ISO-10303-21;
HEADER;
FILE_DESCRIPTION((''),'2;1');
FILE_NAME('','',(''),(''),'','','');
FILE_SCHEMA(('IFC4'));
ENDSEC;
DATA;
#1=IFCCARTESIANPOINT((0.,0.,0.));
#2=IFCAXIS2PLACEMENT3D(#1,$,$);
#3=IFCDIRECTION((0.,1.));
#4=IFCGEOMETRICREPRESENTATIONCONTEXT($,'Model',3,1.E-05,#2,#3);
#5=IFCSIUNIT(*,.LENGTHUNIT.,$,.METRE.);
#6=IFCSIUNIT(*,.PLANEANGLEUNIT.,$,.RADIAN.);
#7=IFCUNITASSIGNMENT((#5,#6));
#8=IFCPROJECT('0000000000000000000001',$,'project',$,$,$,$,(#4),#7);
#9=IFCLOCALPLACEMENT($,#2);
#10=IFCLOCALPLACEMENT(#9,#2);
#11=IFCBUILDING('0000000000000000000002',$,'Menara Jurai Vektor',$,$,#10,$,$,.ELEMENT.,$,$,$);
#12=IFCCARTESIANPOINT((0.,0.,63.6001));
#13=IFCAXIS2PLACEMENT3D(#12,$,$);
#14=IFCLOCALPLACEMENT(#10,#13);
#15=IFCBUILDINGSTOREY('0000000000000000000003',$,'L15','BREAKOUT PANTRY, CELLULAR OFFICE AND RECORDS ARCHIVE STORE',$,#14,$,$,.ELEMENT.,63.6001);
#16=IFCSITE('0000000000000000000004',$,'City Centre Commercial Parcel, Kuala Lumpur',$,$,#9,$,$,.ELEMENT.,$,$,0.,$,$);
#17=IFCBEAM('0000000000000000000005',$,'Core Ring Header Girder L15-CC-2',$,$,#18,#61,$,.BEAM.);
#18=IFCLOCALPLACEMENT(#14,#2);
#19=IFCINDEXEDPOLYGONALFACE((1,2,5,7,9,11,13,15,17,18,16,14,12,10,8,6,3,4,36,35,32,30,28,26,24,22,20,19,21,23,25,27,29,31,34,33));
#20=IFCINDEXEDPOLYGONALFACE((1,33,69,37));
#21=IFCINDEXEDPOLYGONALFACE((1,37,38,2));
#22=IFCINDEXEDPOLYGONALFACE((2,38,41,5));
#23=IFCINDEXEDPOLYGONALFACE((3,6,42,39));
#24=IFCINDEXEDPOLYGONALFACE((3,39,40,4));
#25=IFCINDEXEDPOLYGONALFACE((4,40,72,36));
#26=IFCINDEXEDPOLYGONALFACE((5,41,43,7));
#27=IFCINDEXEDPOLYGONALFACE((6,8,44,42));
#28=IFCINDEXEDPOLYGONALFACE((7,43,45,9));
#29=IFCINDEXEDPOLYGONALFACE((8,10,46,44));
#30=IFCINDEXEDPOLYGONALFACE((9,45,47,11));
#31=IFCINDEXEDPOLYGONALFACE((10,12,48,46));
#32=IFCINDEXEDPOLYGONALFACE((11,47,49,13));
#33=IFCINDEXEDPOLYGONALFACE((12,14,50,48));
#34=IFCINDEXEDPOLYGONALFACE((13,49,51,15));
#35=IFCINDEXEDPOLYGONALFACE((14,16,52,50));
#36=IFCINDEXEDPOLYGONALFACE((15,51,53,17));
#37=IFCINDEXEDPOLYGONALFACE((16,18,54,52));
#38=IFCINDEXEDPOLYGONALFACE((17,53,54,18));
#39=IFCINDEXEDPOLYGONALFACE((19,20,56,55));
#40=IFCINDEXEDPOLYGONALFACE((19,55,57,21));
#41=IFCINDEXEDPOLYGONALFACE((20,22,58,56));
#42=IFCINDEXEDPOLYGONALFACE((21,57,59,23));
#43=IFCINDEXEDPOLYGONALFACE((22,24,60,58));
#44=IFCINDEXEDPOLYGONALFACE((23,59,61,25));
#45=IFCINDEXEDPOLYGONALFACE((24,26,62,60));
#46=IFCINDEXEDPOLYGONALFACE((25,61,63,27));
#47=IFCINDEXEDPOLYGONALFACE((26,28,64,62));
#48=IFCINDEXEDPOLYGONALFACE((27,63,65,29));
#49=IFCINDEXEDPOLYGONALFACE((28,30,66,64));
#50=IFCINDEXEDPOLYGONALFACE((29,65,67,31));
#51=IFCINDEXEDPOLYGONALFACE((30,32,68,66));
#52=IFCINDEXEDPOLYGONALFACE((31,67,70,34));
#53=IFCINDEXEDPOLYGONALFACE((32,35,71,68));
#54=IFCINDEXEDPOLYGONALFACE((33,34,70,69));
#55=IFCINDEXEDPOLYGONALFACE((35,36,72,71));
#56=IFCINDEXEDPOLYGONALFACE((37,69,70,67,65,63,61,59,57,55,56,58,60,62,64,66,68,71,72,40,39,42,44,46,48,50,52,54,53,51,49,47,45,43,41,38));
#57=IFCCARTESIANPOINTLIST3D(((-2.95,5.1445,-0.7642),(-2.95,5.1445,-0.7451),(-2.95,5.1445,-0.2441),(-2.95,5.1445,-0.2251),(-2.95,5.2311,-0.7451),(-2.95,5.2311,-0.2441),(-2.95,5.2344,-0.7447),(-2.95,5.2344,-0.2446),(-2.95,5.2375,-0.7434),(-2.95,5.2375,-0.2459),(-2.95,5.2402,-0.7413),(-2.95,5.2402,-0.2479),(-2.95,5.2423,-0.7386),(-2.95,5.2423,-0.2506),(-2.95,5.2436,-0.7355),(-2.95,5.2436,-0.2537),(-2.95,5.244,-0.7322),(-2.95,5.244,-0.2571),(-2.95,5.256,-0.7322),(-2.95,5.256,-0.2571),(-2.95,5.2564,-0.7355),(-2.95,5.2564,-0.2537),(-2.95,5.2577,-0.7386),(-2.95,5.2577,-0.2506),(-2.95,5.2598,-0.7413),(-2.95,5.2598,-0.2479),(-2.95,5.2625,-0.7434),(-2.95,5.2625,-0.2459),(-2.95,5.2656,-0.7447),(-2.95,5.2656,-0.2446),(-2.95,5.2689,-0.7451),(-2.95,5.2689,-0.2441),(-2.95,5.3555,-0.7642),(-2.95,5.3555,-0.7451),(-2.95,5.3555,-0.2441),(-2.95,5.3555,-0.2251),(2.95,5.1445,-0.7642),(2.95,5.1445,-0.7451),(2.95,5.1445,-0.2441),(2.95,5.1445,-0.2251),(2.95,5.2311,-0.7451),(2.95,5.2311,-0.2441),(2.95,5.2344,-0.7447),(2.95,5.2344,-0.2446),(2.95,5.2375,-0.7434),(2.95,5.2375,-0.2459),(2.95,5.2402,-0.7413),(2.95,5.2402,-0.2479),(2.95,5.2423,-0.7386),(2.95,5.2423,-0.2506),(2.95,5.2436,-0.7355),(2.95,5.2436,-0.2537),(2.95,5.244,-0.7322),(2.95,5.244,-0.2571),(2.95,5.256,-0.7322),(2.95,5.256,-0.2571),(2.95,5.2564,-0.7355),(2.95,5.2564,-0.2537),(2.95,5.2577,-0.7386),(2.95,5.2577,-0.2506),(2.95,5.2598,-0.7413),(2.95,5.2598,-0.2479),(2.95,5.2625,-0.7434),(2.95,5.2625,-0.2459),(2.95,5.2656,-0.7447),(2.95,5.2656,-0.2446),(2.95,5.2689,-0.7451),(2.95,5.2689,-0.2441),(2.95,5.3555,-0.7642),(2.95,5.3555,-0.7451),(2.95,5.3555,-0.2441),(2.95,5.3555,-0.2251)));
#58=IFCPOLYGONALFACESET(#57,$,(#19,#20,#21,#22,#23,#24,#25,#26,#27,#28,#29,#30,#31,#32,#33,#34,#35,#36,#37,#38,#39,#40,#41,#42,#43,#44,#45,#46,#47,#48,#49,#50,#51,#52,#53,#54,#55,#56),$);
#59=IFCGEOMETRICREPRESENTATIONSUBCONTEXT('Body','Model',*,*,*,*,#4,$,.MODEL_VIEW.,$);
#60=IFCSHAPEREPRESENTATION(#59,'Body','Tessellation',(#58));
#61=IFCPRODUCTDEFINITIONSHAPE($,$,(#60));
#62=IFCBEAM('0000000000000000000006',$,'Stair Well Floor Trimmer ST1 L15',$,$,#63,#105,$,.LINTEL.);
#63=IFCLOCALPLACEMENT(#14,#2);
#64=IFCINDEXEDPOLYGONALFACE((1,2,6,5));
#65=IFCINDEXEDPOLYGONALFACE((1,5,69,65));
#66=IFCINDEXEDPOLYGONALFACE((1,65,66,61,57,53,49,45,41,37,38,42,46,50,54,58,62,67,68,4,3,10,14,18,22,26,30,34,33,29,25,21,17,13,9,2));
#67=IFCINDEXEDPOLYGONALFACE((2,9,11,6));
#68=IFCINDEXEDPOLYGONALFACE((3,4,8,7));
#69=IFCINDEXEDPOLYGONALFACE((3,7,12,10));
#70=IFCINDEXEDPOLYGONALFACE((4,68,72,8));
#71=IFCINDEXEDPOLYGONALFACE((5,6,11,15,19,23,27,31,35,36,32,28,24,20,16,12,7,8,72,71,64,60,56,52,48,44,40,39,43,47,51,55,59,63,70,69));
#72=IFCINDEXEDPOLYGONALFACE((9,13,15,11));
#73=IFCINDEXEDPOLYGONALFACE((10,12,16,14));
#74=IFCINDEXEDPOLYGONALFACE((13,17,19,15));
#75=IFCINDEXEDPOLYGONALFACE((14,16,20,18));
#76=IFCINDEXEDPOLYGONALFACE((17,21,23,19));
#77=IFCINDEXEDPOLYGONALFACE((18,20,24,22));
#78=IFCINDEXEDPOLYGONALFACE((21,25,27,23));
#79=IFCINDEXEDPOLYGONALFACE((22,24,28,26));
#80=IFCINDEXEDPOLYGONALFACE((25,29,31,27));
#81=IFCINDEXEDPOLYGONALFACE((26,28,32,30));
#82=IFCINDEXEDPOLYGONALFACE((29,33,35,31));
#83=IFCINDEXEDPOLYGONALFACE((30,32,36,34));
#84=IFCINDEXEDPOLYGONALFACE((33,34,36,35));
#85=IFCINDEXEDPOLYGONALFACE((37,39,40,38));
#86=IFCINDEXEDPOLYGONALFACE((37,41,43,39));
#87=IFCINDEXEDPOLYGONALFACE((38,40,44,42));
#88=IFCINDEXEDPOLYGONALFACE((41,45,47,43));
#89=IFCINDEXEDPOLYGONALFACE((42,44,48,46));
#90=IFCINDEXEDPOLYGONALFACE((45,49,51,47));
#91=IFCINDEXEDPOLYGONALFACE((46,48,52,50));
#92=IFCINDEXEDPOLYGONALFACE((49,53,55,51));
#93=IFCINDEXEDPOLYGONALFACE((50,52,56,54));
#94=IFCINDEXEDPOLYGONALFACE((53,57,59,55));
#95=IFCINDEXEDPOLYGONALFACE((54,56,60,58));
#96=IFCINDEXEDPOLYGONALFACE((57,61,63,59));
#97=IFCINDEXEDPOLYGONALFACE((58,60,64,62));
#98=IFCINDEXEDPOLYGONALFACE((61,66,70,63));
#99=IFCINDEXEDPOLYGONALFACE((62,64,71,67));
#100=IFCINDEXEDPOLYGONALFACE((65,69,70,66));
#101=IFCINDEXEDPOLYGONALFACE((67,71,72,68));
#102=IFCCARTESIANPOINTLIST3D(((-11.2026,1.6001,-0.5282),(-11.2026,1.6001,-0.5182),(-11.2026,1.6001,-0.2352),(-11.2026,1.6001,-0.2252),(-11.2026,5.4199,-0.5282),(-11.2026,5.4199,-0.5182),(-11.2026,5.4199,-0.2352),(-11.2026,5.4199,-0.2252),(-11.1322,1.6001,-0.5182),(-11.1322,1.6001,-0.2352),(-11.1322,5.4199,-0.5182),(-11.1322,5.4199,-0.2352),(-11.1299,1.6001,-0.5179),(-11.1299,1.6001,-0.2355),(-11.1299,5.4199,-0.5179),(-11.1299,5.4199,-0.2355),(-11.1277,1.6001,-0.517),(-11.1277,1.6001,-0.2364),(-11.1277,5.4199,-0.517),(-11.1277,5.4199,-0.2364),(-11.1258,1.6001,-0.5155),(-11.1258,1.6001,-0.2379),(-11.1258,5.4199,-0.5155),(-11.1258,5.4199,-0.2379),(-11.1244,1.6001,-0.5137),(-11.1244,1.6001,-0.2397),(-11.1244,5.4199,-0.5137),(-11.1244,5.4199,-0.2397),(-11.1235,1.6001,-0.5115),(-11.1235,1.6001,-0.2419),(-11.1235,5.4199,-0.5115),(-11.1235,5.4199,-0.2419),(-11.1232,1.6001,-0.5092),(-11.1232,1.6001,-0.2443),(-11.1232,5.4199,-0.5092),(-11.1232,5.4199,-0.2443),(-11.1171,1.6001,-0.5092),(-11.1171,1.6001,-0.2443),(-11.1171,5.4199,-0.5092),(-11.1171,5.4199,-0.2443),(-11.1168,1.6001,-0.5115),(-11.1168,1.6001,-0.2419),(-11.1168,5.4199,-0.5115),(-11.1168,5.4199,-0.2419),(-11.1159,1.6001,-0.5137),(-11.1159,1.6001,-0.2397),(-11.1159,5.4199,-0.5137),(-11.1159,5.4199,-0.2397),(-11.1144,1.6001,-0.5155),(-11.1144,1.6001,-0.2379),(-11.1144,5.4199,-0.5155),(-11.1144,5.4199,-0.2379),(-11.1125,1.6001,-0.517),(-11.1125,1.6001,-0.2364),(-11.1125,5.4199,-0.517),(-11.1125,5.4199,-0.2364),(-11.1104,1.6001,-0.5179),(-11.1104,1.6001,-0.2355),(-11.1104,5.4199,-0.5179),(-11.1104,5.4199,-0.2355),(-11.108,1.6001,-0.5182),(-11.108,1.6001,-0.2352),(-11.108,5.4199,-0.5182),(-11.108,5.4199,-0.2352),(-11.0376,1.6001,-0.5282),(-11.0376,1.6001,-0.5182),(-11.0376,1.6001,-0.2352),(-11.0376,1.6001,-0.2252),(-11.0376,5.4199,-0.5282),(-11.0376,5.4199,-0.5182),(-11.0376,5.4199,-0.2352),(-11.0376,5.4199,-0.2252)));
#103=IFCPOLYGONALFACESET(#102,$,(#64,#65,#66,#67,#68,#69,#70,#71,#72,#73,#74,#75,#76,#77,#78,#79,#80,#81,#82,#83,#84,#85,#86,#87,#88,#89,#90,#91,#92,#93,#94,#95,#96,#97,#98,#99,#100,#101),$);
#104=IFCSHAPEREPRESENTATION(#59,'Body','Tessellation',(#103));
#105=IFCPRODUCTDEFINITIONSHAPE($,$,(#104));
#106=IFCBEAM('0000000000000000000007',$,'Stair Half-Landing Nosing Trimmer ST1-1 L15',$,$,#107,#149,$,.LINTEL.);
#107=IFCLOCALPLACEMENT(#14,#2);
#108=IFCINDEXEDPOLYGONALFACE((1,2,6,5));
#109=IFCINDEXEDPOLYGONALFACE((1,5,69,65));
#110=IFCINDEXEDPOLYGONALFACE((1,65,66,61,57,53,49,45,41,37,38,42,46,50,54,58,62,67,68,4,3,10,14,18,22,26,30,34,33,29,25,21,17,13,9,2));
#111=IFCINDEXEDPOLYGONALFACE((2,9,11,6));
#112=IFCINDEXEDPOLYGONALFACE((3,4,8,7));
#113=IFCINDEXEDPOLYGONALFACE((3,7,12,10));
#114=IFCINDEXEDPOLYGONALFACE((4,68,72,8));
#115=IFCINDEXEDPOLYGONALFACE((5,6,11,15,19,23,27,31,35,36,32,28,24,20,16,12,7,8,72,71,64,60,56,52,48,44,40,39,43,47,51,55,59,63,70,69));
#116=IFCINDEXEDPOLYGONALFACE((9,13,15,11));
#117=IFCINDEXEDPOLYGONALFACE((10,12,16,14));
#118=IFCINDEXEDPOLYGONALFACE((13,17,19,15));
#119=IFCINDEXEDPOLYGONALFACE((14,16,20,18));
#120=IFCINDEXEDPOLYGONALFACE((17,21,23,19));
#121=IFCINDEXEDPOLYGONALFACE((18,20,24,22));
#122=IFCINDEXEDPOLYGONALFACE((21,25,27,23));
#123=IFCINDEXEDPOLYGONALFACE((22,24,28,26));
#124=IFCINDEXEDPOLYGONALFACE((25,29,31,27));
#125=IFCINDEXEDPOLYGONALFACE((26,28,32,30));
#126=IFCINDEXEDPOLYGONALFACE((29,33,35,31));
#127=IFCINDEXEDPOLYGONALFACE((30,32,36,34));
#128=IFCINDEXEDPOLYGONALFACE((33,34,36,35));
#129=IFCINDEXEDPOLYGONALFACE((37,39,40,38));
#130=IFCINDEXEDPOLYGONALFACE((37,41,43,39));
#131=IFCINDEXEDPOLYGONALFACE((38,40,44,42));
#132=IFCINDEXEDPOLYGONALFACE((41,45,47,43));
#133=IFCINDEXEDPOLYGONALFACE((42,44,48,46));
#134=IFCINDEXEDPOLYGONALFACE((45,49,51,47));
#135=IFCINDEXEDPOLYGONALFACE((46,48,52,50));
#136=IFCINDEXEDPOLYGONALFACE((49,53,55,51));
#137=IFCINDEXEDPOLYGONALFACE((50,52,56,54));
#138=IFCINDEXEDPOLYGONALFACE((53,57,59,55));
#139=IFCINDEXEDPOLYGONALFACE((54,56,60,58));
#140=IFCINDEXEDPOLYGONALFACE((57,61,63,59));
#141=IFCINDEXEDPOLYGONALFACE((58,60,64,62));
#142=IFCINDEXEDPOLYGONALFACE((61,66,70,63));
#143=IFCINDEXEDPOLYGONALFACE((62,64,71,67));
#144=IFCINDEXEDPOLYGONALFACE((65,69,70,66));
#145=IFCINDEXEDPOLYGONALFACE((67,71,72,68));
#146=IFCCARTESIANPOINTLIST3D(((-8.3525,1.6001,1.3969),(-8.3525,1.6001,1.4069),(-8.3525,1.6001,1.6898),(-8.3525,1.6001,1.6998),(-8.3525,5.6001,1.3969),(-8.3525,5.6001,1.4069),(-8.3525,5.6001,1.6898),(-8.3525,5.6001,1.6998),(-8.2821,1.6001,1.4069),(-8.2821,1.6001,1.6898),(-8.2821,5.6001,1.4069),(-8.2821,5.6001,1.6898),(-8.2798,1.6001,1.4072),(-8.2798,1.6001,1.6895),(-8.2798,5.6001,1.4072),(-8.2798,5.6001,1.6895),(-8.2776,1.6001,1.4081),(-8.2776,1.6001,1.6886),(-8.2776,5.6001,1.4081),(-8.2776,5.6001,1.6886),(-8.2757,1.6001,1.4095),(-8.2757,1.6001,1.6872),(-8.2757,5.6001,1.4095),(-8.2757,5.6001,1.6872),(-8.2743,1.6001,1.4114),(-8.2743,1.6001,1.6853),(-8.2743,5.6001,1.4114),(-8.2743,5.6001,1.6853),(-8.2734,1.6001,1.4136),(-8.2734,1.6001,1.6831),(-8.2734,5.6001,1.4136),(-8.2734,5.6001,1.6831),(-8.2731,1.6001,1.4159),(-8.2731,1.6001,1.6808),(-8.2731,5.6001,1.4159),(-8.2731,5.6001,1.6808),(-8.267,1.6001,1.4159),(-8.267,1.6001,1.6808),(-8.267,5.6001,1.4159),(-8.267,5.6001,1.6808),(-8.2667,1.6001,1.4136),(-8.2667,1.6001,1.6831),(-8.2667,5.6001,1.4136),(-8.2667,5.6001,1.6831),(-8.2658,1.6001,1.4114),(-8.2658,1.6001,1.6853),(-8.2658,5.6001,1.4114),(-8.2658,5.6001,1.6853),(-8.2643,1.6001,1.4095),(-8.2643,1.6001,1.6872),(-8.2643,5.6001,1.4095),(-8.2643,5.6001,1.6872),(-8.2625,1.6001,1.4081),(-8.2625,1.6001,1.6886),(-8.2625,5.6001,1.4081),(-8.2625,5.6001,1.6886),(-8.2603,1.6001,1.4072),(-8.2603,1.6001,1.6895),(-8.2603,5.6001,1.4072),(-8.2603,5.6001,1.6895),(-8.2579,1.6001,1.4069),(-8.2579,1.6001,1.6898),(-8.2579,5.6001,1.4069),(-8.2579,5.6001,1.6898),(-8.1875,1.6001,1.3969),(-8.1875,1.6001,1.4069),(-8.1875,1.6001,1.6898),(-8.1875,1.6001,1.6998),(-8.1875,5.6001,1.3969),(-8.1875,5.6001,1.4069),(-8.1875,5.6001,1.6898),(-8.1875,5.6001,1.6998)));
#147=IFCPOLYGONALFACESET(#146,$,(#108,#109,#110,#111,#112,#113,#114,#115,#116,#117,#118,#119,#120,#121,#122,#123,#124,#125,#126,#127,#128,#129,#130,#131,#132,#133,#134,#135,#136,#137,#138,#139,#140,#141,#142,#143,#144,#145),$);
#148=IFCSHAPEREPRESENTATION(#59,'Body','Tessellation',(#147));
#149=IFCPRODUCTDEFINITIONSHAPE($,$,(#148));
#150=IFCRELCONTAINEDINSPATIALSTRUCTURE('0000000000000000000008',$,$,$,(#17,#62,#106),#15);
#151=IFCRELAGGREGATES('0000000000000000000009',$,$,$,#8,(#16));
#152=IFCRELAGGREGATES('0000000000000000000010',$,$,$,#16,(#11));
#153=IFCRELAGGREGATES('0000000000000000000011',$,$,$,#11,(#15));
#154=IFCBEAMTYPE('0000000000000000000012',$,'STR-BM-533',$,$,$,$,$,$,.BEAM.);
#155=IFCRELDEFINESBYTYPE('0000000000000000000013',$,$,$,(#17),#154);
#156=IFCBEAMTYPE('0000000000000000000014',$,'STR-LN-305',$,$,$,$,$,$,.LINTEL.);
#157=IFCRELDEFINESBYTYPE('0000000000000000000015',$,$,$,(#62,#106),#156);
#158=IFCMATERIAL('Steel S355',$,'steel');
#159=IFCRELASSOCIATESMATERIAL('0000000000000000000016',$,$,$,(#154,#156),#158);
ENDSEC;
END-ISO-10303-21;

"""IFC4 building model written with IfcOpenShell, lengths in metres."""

from ifc_helpers import new_model, si_unit, direction, frame, origin, origin_2d, place, context, subcontext, project, spatial, i_section, extrude, material, material_profile, profile_set, type_object, element, save


model = new_model("IFC4")

# Units and contexts
model_context = context("Model", 3, precision=1e-05, world=origin(), true_north=direction((0.0, 1.0)))
body_context = subcontext(model_context, "Body", "Model", "MODEL_VIEW")
ifc_project = project(units=[si_unit("LENGTHUNIT", "METRE"), si_unit("PLANEANGLEUNIT", "RADIAN")], contexts=[model_context])

# Site, building, storey
site_placement = place(None, origin())
site = spatial("IfcSite", under=ifc_project, at=site_placement, Name="City Centre Commercial Parcel, Kuala Lumpur", CompositionType="ELEMENT", RefElevation=0.0)
building_placement = place(site_placement, origin())
building = spatial("IfcBuilding", under=site, at=building_placement, Name="Menara Jurai Vektor", CompositionType="ELEMENT")
storey_placement = place(building_placement, frame((0.0, 0.0, 63.6001)))
storey = spatial("IfcBuildingStorey", under=building, at=storey_placement, Name="L15", Description="BREAKOUT PANTRY, CELLULAR OFFICE AND RECORDS ARCHIVE STORE", CompositionType="ELEMENT", Elevation=63.6001)

# Shared definitions
ifc_material_1 = material(Name="Steel S355", Category="steel")

# Beams
ifc_material_profile_1 = material_profile(ifc_material_1, i_section(OverallWidth=0.2109, OverallDepth=0.5391, WebThickness=0.012, FlangeThickness=0.019, FilletRadius=0.0129, at=origin_2d()), Name="UKB 533x210x109")
ifc_profile_set_1 = profile_set([ifc_material_profile_1], Name="Steel S355")
beam_type_1 = type_object("IfcBeamType", Name="STR-BM-533", PredefinedType="BEAM", material=ifc_profile_set_1)
beam_1_placement = place(storey_placement, frame((-2.95, 5.25, -0.4946), z_axis=(1.0, 0.0, 0.0), x_axis=(0.0, 1.0, 0.0)))
element("IfcBeam", 1, at=beam_1_placement, inside=storey, type_object=beam_type_1, Name="Core Ring Header Girder L15-CC-2", PredefinedType="BEAM", context=body_context, shape_type="SweptSolid", body=[
    extrude(i_section(OverallWidth=0.2109, OverallDepth=0.5391, WebThickness=0.012, FlangeThickness=0.019, FilletRadius=0.0129, at=origin_2d()), origin(), (0.0, 0.0, 1.0), 5.8999),
])
ifc_material_profile_2 = material_profile(ifc_material_1, i_section(OverallWidth=0.165, OverallDepth=0.303, WebThickness=0.0061, FlangeThickness=0.01, FilletRadius=0.009, at=origin_2d()), Name="UKB 305x165x40")
ifc_profile_set_2 = profile_set([ifc_material_profile_2], Name="Steel S355")
beam_type_2 = type_object("IfcBeamType", Name="STR-LN-305", PredefinedType="LINTEL", material=ifc_profile_set_2)
beam_2_placement = place(storey_placement, frame((-11.1201, 1.6001, -0.3767), z_axis=(0.0, 1.0, 0.0), x_axis=(-1.0, 0.0, 0.0)))
element("IfcBeam", 2, at=beam_2_placement, inside=storey, type_object=beam_type_2, Name="Stair Well Floor Trimmer ST1 L15", PredefinedType="LINTEL", context=body_context, shape_type="SweptSolid", body=[
    extrude(i_section(OverallWidth=0.165, OverallDepth=0.303, WebThickness=0.0061, FlangeThickness=0.01, FilletRadius=0.009, at=origin_2d()), origin(), (0.0, 0.0, 1.0), 3.8198),
])
beam_3_placement = place(storey_placement, frame((-8.27, 1.6001, 1.5483), z_axis=(0.0, 1.0, 0.0), x_axis=(-1.0, 0.0, 0.0)))
element("IfcBeam", 3, at=beam_3_placement, inside=storey, type_object=beam_type_2, Name="Stair Half-Landing Nosing Trimmer ST1-1 L15", PredefinedType="LINTEL", context=body_context, shape_type="SweptSolid", body=[
    extrude(i_section(OverallWidth=0.165, OverallDepth=0.303, WebThickness=0.0061, FlangeThickness=0.01, FilletRadius=0.009, at=origin_2d()), origin(), (0.0, 0.0, 1.0), 4.0),
])

save(model, "model.ifc")
